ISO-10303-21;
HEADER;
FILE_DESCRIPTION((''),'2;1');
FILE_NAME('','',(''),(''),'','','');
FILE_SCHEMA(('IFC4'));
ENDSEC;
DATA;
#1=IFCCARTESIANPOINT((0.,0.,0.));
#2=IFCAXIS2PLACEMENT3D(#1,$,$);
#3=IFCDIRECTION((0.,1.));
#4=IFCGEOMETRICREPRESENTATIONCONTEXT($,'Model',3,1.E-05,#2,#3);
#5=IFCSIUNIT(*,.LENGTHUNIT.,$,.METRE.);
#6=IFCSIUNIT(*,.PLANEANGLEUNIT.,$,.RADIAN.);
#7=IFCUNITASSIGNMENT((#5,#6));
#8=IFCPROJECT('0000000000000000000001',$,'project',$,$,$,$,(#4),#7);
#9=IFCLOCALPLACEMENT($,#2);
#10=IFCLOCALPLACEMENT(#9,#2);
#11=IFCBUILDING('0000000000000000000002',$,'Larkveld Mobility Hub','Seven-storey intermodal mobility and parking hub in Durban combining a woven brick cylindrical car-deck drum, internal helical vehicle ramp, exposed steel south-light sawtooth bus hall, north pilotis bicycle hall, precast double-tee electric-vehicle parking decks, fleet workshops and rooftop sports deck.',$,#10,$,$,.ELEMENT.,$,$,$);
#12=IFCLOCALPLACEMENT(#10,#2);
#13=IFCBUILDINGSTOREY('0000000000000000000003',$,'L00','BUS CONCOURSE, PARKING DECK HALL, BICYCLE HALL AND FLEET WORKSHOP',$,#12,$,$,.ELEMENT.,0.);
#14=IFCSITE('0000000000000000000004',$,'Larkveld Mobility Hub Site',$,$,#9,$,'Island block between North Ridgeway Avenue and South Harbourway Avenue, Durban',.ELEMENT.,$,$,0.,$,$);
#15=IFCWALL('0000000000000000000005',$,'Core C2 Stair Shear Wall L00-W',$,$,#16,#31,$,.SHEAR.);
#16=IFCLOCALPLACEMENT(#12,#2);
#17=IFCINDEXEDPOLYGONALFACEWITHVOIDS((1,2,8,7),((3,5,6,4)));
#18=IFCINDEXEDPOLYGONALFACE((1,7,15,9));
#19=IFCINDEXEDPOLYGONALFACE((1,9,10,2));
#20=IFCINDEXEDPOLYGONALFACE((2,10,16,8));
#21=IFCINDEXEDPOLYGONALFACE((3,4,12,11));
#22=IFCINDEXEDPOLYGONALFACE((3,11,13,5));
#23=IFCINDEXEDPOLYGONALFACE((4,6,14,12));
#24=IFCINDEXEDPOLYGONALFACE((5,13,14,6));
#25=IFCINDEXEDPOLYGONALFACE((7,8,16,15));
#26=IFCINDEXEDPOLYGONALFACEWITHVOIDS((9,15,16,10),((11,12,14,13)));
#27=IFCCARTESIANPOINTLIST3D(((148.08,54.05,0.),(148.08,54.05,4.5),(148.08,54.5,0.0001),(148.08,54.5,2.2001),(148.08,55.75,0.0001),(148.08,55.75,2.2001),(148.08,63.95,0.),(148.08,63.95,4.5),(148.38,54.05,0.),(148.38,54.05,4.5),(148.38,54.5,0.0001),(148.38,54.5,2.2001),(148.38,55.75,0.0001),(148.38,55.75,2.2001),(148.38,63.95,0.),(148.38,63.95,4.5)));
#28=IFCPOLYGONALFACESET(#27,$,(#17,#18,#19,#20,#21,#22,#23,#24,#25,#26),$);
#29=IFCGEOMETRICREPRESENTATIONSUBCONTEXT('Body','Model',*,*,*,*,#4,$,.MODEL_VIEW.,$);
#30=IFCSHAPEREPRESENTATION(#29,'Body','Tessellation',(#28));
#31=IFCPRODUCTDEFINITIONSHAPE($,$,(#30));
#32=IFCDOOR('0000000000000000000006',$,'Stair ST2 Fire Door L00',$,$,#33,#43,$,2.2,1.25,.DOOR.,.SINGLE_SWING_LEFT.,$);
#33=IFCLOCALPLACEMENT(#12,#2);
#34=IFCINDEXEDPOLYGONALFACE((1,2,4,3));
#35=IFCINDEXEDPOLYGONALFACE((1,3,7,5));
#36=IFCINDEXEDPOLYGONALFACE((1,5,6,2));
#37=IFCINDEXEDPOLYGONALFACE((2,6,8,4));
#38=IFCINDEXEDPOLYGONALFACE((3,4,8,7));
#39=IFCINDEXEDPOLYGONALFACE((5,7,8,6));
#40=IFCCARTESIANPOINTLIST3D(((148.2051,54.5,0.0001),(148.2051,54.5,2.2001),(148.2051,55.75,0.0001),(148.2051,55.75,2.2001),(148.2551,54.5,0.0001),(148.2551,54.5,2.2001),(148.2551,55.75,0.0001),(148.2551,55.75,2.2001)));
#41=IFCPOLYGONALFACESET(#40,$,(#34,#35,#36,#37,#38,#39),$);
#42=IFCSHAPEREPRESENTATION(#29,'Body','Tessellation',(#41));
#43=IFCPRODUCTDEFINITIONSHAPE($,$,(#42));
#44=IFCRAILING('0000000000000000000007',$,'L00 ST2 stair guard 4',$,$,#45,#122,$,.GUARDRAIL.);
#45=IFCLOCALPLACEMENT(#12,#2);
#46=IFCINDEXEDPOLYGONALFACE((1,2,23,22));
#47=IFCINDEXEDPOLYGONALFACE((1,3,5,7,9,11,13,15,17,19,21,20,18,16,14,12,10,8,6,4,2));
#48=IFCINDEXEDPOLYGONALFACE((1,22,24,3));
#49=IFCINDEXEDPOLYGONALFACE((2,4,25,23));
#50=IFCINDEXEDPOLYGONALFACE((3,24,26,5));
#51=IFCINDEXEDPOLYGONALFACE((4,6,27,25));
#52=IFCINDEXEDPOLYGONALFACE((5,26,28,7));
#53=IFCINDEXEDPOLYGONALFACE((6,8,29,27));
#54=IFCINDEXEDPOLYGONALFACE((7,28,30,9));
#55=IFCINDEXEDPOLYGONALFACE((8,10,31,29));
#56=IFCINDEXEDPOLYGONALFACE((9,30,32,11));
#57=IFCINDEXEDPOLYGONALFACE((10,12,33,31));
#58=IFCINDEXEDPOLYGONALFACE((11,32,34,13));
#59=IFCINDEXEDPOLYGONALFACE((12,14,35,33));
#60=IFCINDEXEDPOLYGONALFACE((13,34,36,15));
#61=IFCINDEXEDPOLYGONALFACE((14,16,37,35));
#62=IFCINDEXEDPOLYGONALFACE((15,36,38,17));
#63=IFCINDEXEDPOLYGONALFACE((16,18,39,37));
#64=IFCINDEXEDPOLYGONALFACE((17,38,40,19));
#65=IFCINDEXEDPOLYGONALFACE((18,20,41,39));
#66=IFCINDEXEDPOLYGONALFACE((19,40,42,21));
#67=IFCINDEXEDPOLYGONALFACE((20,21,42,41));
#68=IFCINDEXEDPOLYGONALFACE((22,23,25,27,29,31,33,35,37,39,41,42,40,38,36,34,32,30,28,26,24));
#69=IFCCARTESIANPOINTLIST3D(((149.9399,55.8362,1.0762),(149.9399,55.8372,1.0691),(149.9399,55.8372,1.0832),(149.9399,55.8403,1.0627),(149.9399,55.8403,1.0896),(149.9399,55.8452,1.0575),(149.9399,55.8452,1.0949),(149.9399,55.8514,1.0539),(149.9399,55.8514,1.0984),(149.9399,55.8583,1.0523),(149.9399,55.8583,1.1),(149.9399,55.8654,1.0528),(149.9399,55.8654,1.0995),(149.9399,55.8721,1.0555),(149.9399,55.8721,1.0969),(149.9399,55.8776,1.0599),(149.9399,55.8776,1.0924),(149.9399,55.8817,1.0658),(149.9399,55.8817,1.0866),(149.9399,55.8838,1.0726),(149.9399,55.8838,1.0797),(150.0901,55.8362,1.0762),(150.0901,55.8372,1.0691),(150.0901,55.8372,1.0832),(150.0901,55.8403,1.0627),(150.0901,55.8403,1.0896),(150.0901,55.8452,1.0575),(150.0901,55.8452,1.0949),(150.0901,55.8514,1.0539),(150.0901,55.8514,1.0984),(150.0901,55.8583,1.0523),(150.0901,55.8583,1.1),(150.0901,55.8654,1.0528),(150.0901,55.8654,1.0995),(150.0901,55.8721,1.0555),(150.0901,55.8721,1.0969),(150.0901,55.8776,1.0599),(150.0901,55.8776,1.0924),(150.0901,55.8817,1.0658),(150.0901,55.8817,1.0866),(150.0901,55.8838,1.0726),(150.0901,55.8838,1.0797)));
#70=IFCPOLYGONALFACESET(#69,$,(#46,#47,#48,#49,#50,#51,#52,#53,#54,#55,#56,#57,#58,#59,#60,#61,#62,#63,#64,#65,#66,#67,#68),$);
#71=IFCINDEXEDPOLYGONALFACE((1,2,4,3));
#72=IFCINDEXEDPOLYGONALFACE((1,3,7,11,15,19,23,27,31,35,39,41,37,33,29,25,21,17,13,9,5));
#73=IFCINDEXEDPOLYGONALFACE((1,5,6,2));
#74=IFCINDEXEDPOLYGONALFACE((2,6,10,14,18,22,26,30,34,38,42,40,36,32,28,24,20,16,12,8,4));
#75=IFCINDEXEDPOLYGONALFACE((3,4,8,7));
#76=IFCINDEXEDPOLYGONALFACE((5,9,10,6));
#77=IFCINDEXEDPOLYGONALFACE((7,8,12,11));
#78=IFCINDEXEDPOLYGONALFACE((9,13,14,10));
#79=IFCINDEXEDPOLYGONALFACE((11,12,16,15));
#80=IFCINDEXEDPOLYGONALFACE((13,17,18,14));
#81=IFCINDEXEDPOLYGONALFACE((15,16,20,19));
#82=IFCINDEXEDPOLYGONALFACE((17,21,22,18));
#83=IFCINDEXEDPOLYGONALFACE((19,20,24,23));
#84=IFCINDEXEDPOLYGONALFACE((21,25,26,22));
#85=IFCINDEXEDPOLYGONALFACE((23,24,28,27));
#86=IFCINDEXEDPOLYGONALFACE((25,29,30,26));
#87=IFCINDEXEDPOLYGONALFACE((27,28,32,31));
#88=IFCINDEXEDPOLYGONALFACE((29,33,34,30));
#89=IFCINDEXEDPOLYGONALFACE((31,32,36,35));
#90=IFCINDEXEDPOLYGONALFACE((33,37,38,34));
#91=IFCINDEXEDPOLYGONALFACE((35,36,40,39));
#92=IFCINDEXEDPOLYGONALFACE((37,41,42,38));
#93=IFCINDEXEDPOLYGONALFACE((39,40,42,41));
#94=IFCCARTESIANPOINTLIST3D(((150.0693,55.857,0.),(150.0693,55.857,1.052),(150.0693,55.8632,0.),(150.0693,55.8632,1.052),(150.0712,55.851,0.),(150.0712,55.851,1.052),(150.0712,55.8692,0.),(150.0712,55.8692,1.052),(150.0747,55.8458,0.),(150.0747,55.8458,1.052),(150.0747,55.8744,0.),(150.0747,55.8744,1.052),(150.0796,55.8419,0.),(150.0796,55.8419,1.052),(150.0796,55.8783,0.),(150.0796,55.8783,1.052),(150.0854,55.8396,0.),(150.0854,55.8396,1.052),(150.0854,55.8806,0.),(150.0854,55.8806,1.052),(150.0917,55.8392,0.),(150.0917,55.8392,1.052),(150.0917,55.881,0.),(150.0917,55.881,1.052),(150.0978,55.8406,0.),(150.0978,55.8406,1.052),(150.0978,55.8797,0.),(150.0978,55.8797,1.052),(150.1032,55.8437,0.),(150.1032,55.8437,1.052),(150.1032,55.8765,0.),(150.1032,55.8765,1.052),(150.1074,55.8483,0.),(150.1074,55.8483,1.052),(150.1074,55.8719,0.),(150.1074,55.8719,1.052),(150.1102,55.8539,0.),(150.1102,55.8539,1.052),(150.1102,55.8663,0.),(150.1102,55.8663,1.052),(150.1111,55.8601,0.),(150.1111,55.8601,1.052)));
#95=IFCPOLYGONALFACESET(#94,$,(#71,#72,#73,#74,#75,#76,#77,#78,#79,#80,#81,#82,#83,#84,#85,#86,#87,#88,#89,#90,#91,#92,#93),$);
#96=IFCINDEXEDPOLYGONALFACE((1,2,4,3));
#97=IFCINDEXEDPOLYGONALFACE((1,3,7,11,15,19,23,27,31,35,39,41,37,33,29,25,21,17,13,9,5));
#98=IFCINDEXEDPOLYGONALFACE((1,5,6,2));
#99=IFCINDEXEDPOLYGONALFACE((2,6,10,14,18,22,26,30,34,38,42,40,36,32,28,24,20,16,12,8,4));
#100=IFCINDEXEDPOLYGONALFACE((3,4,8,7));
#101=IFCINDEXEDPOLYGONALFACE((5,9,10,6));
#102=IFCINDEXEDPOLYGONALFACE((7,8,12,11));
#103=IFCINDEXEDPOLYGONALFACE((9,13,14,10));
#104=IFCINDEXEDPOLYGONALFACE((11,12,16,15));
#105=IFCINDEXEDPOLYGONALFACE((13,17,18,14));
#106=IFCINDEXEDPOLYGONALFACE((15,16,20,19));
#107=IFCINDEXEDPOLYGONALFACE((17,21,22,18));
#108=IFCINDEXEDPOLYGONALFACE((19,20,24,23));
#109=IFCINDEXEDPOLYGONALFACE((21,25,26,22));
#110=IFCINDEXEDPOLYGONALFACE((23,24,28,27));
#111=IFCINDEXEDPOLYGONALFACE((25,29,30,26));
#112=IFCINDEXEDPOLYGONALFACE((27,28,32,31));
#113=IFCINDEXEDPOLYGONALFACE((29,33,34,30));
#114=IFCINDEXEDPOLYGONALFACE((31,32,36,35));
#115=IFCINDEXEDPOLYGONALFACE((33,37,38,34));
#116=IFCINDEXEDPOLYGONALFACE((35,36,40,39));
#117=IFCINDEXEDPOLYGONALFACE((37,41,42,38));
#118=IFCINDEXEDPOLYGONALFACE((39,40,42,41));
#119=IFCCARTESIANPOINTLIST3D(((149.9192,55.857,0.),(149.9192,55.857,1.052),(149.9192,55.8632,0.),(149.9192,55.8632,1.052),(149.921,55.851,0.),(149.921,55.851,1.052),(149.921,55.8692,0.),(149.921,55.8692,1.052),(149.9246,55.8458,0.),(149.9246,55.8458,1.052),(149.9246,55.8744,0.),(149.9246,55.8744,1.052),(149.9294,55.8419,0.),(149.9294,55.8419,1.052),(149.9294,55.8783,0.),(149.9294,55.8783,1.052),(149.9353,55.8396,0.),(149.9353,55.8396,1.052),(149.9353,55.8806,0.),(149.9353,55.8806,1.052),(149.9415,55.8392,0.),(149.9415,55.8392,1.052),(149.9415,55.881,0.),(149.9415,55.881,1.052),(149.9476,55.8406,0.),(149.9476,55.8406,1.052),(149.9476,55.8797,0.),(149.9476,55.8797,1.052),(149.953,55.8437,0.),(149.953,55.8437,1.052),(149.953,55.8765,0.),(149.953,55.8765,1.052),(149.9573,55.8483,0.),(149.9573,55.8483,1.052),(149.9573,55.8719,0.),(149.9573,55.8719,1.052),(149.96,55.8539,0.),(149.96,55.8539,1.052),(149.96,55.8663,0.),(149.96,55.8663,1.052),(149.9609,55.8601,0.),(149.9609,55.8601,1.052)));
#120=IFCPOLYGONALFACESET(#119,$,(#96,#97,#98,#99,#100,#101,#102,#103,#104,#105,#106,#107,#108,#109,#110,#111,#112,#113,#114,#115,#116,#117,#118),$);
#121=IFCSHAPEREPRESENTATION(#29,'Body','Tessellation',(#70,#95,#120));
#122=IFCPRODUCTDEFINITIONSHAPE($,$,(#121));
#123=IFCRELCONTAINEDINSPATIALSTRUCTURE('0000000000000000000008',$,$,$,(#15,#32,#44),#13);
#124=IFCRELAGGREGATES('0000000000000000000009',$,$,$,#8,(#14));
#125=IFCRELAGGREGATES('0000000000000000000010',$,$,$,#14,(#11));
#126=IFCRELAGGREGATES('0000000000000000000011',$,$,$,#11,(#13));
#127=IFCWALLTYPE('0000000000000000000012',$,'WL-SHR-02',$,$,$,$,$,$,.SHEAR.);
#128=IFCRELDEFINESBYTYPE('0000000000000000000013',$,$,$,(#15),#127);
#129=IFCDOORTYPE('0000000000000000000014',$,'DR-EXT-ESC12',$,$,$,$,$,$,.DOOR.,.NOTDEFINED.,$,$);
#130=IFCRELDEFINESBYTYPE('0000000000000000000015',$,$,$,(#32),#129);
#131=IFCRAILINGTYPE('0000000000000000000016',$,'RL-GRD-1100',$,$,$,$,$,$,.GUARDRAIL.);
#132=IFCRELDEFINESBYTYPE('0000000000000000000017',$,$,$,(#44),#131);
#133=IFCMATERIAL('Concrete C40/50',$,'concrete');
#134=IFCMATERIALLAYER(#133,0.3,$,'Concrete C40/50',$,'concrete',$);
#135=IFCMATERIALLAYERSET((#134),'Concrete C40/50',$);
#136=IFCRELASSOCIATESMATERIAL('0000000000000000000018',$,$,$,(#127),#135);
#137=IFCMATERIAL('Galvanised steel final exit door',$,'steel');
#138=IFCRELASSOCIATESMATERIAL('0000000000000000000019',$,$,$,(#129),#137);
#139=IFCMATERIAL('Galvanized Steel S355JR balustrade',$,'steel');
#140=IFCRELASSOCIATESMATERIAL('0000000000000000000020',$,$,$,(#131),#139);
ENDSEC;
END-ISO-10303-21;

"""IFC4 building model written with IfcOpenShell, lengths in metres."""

from ifc_helpers import new_model, si_unit, direction, frame, frame_2d, origin, origin_2d, place, context, subcontext, project, spatial, rectangle, circle, extrude, material, layer, layer_set, type_object, element, fill, save


model = new_model("IFC4")

# Units and contexts
model_context = context("Model", 3, precision=1e-05, world=origin(), true_north=direction((0.0, 1.0)))
body_context = subcontext(model_context, "Body", "Model", "MODEL_VIEW")
ifc_project = project(units=[si_unit("LENGTHUNIT", "METRE"), si_unit("PLANEANGLEUNIT", "RADIAN")], contexts=[model_context])

# Site, building, storey
site_placement = place(None, origin())
site = spatial("IfcSite", under=ifc_project, at=site_placement, Name="Larkveld Mobility Hub Site", LongName="Island block between North Ridgeway Avenue and South Harbourway Avenue, Durban", CompositionType="ELEMENT", RefElevation=0.0)
building_placement = place(site_placement, origin())
building = spatial("IfcBuilding", under=site, at=building_placement, Name="Larkveld Mobility Hub", Description="Seven-storey intermodal mobility and parking hub in Durban combining a woven brick cylindrical car-deck drum, internal helical vehicle ramp, exposed steel south-light sawtooth bus hall, north pilotis bicycle hall, precast double-tee electric-vehicle parking decks, fleet workshops and rooftop sports deck.", CompositionType="ELEMENT")
storey_placement = place(building_placement, origin())
storey = spatial("IfcBuildingStorey", under=building, at=storey_placement, Name="L00", Description="BUS CONCOURSE, PARKING DECK HALL, BICYCLE HALL AND FLEET WORKSHOP", CompositionType="ELEMENT", Elevation=0.0)

# Shared definitions
ifc_material_1 = material(Name="Concrete C40/50", Category="concrete")

# Wall, opening, door
ifc_layer_1 = layer(ifc_material_1, 0.3, Name="Concrete C40/50", Category="concrete")
ifc_layer_set_1 = layer_set([ifc_layer_1], Name="Concrete C40/50")
wall_type_1 = type_object("IfcWallType", Name="WL-SHR-02", PredefinedType="SHEAR", material=ifc_layer_set_1)
wall_1_placement = place(storey_placement, frame((148.23, 54.05, 0.0), z_axis=(0.0, 0.0, 1.0), x_axis=(0.0, 1.0, 0.0)))
wall_1 = element("IfcWall", 1, at=wall_1_placement, inside=storey, type_object=wall_type_1, Name="Core C2 Stair Shear Wall L00-W", PredefinedType="SHEAR", context=body_context, shape_type="SweptSolid", body=[
    extrude(rectangle(XDim=9.8999, YDim=0.3, at=frame_2d((4.95, 0.0))), origin(), (0.0, 0.0, 1.0), 4.5),
])
opening_1_placement = place(wall_1_placement, frame((0.45, 0.0, 0.0)))
opening_1 = element("IfcOpeningElement", 2, at=opening_1_placement, cuts=wall_1, PredefinedType="OPENING", context=body_context, shape_type="SweptSolid", body=[
    extrude(rectangle(XDim=1.25, YDim=2.2, at=frame_2d((0.625, 1.1001))), frame((0.0, 0.1602, 0.0), z_axis=(0.0, -1.0, 0.0), x_axis=(1.0, 0.0, 0.0)), (0.0, 0.0, 1.0), 0.3201),
])
ifc_material_2 = material(Name="Galvanised steel final exit door", Category="steel")
door_type_1 = type_object("IfcDoorType", Name="DR-EXT-ESC12", OperationType="NOTDEFINED", PredefinedType="DOOR", material=ifc_material_2)
door_1_placement = place(opening_1_placement, origin())
door_1 = element("IfcDoor", 3, at=door_1_placement, inside=storey, type_object=door_type_1, Name="Stair ST2 Fire Door L00", OperationType="SINGLE_SWING_LEFT", OverallHeight=2.2, OverallWidth=1.25, PredefinedType="DOOR", context=body_context, shape_type="SweptSolid", body=[
    extrude(rectangle(XDim=1.25, YDim=2.2, at=frame_2d((0.625, 1.1001))), frame((0.0, 0.0249, 0.0), z_axis=(0.0, -1.0, 0.0), x_axis=(1.0, 0.0, 0.0)), (0.0, 0.0, 1.0), 0.05),
])
fill(opening_1, door_1)

# Railing
ifc_material_3 = material(Name="Galvanized Steel S355JR balustrade", Category="steel")
railing_type = type_object("IfcRailingType", Name="RL-GRD-1100", PredefinedType="GUARDRAIL", material=ifc_material_3)
railing_placement = place(storey_placement, frame((150.0901, 55.8601, 0.0)))
element("IfcRailing", 4, at=railing_placement, inside=storey, type_object=railing_type, Name="L00 ST2 stair guard 4", PredefinedType="GUARDRAIL", context=body_context, shape_type="SweptSolid", body=[
    extrude(circle(Radius=0.0239, at=origin_2d()), frame((0.0, 0.0, 1.0762), z_axis=(-1.0, 0.0, 0.0), x_axis=(0.0, -1.0, 0.0)), (0.0, 0.0, 1.0), 0.1501),
    extrude(circle(Radius=0.021, at=origin_2d()), origin(), (0.0, 0.0, 1.0), 1.052),
    extrude(circle(Radius=0.021, at=origin_2d()), frame((-0.1501, 0.0, 0.0)), (0.0, 0.0, 1.0), 1.052),
])

save(model, "model.ifc")
